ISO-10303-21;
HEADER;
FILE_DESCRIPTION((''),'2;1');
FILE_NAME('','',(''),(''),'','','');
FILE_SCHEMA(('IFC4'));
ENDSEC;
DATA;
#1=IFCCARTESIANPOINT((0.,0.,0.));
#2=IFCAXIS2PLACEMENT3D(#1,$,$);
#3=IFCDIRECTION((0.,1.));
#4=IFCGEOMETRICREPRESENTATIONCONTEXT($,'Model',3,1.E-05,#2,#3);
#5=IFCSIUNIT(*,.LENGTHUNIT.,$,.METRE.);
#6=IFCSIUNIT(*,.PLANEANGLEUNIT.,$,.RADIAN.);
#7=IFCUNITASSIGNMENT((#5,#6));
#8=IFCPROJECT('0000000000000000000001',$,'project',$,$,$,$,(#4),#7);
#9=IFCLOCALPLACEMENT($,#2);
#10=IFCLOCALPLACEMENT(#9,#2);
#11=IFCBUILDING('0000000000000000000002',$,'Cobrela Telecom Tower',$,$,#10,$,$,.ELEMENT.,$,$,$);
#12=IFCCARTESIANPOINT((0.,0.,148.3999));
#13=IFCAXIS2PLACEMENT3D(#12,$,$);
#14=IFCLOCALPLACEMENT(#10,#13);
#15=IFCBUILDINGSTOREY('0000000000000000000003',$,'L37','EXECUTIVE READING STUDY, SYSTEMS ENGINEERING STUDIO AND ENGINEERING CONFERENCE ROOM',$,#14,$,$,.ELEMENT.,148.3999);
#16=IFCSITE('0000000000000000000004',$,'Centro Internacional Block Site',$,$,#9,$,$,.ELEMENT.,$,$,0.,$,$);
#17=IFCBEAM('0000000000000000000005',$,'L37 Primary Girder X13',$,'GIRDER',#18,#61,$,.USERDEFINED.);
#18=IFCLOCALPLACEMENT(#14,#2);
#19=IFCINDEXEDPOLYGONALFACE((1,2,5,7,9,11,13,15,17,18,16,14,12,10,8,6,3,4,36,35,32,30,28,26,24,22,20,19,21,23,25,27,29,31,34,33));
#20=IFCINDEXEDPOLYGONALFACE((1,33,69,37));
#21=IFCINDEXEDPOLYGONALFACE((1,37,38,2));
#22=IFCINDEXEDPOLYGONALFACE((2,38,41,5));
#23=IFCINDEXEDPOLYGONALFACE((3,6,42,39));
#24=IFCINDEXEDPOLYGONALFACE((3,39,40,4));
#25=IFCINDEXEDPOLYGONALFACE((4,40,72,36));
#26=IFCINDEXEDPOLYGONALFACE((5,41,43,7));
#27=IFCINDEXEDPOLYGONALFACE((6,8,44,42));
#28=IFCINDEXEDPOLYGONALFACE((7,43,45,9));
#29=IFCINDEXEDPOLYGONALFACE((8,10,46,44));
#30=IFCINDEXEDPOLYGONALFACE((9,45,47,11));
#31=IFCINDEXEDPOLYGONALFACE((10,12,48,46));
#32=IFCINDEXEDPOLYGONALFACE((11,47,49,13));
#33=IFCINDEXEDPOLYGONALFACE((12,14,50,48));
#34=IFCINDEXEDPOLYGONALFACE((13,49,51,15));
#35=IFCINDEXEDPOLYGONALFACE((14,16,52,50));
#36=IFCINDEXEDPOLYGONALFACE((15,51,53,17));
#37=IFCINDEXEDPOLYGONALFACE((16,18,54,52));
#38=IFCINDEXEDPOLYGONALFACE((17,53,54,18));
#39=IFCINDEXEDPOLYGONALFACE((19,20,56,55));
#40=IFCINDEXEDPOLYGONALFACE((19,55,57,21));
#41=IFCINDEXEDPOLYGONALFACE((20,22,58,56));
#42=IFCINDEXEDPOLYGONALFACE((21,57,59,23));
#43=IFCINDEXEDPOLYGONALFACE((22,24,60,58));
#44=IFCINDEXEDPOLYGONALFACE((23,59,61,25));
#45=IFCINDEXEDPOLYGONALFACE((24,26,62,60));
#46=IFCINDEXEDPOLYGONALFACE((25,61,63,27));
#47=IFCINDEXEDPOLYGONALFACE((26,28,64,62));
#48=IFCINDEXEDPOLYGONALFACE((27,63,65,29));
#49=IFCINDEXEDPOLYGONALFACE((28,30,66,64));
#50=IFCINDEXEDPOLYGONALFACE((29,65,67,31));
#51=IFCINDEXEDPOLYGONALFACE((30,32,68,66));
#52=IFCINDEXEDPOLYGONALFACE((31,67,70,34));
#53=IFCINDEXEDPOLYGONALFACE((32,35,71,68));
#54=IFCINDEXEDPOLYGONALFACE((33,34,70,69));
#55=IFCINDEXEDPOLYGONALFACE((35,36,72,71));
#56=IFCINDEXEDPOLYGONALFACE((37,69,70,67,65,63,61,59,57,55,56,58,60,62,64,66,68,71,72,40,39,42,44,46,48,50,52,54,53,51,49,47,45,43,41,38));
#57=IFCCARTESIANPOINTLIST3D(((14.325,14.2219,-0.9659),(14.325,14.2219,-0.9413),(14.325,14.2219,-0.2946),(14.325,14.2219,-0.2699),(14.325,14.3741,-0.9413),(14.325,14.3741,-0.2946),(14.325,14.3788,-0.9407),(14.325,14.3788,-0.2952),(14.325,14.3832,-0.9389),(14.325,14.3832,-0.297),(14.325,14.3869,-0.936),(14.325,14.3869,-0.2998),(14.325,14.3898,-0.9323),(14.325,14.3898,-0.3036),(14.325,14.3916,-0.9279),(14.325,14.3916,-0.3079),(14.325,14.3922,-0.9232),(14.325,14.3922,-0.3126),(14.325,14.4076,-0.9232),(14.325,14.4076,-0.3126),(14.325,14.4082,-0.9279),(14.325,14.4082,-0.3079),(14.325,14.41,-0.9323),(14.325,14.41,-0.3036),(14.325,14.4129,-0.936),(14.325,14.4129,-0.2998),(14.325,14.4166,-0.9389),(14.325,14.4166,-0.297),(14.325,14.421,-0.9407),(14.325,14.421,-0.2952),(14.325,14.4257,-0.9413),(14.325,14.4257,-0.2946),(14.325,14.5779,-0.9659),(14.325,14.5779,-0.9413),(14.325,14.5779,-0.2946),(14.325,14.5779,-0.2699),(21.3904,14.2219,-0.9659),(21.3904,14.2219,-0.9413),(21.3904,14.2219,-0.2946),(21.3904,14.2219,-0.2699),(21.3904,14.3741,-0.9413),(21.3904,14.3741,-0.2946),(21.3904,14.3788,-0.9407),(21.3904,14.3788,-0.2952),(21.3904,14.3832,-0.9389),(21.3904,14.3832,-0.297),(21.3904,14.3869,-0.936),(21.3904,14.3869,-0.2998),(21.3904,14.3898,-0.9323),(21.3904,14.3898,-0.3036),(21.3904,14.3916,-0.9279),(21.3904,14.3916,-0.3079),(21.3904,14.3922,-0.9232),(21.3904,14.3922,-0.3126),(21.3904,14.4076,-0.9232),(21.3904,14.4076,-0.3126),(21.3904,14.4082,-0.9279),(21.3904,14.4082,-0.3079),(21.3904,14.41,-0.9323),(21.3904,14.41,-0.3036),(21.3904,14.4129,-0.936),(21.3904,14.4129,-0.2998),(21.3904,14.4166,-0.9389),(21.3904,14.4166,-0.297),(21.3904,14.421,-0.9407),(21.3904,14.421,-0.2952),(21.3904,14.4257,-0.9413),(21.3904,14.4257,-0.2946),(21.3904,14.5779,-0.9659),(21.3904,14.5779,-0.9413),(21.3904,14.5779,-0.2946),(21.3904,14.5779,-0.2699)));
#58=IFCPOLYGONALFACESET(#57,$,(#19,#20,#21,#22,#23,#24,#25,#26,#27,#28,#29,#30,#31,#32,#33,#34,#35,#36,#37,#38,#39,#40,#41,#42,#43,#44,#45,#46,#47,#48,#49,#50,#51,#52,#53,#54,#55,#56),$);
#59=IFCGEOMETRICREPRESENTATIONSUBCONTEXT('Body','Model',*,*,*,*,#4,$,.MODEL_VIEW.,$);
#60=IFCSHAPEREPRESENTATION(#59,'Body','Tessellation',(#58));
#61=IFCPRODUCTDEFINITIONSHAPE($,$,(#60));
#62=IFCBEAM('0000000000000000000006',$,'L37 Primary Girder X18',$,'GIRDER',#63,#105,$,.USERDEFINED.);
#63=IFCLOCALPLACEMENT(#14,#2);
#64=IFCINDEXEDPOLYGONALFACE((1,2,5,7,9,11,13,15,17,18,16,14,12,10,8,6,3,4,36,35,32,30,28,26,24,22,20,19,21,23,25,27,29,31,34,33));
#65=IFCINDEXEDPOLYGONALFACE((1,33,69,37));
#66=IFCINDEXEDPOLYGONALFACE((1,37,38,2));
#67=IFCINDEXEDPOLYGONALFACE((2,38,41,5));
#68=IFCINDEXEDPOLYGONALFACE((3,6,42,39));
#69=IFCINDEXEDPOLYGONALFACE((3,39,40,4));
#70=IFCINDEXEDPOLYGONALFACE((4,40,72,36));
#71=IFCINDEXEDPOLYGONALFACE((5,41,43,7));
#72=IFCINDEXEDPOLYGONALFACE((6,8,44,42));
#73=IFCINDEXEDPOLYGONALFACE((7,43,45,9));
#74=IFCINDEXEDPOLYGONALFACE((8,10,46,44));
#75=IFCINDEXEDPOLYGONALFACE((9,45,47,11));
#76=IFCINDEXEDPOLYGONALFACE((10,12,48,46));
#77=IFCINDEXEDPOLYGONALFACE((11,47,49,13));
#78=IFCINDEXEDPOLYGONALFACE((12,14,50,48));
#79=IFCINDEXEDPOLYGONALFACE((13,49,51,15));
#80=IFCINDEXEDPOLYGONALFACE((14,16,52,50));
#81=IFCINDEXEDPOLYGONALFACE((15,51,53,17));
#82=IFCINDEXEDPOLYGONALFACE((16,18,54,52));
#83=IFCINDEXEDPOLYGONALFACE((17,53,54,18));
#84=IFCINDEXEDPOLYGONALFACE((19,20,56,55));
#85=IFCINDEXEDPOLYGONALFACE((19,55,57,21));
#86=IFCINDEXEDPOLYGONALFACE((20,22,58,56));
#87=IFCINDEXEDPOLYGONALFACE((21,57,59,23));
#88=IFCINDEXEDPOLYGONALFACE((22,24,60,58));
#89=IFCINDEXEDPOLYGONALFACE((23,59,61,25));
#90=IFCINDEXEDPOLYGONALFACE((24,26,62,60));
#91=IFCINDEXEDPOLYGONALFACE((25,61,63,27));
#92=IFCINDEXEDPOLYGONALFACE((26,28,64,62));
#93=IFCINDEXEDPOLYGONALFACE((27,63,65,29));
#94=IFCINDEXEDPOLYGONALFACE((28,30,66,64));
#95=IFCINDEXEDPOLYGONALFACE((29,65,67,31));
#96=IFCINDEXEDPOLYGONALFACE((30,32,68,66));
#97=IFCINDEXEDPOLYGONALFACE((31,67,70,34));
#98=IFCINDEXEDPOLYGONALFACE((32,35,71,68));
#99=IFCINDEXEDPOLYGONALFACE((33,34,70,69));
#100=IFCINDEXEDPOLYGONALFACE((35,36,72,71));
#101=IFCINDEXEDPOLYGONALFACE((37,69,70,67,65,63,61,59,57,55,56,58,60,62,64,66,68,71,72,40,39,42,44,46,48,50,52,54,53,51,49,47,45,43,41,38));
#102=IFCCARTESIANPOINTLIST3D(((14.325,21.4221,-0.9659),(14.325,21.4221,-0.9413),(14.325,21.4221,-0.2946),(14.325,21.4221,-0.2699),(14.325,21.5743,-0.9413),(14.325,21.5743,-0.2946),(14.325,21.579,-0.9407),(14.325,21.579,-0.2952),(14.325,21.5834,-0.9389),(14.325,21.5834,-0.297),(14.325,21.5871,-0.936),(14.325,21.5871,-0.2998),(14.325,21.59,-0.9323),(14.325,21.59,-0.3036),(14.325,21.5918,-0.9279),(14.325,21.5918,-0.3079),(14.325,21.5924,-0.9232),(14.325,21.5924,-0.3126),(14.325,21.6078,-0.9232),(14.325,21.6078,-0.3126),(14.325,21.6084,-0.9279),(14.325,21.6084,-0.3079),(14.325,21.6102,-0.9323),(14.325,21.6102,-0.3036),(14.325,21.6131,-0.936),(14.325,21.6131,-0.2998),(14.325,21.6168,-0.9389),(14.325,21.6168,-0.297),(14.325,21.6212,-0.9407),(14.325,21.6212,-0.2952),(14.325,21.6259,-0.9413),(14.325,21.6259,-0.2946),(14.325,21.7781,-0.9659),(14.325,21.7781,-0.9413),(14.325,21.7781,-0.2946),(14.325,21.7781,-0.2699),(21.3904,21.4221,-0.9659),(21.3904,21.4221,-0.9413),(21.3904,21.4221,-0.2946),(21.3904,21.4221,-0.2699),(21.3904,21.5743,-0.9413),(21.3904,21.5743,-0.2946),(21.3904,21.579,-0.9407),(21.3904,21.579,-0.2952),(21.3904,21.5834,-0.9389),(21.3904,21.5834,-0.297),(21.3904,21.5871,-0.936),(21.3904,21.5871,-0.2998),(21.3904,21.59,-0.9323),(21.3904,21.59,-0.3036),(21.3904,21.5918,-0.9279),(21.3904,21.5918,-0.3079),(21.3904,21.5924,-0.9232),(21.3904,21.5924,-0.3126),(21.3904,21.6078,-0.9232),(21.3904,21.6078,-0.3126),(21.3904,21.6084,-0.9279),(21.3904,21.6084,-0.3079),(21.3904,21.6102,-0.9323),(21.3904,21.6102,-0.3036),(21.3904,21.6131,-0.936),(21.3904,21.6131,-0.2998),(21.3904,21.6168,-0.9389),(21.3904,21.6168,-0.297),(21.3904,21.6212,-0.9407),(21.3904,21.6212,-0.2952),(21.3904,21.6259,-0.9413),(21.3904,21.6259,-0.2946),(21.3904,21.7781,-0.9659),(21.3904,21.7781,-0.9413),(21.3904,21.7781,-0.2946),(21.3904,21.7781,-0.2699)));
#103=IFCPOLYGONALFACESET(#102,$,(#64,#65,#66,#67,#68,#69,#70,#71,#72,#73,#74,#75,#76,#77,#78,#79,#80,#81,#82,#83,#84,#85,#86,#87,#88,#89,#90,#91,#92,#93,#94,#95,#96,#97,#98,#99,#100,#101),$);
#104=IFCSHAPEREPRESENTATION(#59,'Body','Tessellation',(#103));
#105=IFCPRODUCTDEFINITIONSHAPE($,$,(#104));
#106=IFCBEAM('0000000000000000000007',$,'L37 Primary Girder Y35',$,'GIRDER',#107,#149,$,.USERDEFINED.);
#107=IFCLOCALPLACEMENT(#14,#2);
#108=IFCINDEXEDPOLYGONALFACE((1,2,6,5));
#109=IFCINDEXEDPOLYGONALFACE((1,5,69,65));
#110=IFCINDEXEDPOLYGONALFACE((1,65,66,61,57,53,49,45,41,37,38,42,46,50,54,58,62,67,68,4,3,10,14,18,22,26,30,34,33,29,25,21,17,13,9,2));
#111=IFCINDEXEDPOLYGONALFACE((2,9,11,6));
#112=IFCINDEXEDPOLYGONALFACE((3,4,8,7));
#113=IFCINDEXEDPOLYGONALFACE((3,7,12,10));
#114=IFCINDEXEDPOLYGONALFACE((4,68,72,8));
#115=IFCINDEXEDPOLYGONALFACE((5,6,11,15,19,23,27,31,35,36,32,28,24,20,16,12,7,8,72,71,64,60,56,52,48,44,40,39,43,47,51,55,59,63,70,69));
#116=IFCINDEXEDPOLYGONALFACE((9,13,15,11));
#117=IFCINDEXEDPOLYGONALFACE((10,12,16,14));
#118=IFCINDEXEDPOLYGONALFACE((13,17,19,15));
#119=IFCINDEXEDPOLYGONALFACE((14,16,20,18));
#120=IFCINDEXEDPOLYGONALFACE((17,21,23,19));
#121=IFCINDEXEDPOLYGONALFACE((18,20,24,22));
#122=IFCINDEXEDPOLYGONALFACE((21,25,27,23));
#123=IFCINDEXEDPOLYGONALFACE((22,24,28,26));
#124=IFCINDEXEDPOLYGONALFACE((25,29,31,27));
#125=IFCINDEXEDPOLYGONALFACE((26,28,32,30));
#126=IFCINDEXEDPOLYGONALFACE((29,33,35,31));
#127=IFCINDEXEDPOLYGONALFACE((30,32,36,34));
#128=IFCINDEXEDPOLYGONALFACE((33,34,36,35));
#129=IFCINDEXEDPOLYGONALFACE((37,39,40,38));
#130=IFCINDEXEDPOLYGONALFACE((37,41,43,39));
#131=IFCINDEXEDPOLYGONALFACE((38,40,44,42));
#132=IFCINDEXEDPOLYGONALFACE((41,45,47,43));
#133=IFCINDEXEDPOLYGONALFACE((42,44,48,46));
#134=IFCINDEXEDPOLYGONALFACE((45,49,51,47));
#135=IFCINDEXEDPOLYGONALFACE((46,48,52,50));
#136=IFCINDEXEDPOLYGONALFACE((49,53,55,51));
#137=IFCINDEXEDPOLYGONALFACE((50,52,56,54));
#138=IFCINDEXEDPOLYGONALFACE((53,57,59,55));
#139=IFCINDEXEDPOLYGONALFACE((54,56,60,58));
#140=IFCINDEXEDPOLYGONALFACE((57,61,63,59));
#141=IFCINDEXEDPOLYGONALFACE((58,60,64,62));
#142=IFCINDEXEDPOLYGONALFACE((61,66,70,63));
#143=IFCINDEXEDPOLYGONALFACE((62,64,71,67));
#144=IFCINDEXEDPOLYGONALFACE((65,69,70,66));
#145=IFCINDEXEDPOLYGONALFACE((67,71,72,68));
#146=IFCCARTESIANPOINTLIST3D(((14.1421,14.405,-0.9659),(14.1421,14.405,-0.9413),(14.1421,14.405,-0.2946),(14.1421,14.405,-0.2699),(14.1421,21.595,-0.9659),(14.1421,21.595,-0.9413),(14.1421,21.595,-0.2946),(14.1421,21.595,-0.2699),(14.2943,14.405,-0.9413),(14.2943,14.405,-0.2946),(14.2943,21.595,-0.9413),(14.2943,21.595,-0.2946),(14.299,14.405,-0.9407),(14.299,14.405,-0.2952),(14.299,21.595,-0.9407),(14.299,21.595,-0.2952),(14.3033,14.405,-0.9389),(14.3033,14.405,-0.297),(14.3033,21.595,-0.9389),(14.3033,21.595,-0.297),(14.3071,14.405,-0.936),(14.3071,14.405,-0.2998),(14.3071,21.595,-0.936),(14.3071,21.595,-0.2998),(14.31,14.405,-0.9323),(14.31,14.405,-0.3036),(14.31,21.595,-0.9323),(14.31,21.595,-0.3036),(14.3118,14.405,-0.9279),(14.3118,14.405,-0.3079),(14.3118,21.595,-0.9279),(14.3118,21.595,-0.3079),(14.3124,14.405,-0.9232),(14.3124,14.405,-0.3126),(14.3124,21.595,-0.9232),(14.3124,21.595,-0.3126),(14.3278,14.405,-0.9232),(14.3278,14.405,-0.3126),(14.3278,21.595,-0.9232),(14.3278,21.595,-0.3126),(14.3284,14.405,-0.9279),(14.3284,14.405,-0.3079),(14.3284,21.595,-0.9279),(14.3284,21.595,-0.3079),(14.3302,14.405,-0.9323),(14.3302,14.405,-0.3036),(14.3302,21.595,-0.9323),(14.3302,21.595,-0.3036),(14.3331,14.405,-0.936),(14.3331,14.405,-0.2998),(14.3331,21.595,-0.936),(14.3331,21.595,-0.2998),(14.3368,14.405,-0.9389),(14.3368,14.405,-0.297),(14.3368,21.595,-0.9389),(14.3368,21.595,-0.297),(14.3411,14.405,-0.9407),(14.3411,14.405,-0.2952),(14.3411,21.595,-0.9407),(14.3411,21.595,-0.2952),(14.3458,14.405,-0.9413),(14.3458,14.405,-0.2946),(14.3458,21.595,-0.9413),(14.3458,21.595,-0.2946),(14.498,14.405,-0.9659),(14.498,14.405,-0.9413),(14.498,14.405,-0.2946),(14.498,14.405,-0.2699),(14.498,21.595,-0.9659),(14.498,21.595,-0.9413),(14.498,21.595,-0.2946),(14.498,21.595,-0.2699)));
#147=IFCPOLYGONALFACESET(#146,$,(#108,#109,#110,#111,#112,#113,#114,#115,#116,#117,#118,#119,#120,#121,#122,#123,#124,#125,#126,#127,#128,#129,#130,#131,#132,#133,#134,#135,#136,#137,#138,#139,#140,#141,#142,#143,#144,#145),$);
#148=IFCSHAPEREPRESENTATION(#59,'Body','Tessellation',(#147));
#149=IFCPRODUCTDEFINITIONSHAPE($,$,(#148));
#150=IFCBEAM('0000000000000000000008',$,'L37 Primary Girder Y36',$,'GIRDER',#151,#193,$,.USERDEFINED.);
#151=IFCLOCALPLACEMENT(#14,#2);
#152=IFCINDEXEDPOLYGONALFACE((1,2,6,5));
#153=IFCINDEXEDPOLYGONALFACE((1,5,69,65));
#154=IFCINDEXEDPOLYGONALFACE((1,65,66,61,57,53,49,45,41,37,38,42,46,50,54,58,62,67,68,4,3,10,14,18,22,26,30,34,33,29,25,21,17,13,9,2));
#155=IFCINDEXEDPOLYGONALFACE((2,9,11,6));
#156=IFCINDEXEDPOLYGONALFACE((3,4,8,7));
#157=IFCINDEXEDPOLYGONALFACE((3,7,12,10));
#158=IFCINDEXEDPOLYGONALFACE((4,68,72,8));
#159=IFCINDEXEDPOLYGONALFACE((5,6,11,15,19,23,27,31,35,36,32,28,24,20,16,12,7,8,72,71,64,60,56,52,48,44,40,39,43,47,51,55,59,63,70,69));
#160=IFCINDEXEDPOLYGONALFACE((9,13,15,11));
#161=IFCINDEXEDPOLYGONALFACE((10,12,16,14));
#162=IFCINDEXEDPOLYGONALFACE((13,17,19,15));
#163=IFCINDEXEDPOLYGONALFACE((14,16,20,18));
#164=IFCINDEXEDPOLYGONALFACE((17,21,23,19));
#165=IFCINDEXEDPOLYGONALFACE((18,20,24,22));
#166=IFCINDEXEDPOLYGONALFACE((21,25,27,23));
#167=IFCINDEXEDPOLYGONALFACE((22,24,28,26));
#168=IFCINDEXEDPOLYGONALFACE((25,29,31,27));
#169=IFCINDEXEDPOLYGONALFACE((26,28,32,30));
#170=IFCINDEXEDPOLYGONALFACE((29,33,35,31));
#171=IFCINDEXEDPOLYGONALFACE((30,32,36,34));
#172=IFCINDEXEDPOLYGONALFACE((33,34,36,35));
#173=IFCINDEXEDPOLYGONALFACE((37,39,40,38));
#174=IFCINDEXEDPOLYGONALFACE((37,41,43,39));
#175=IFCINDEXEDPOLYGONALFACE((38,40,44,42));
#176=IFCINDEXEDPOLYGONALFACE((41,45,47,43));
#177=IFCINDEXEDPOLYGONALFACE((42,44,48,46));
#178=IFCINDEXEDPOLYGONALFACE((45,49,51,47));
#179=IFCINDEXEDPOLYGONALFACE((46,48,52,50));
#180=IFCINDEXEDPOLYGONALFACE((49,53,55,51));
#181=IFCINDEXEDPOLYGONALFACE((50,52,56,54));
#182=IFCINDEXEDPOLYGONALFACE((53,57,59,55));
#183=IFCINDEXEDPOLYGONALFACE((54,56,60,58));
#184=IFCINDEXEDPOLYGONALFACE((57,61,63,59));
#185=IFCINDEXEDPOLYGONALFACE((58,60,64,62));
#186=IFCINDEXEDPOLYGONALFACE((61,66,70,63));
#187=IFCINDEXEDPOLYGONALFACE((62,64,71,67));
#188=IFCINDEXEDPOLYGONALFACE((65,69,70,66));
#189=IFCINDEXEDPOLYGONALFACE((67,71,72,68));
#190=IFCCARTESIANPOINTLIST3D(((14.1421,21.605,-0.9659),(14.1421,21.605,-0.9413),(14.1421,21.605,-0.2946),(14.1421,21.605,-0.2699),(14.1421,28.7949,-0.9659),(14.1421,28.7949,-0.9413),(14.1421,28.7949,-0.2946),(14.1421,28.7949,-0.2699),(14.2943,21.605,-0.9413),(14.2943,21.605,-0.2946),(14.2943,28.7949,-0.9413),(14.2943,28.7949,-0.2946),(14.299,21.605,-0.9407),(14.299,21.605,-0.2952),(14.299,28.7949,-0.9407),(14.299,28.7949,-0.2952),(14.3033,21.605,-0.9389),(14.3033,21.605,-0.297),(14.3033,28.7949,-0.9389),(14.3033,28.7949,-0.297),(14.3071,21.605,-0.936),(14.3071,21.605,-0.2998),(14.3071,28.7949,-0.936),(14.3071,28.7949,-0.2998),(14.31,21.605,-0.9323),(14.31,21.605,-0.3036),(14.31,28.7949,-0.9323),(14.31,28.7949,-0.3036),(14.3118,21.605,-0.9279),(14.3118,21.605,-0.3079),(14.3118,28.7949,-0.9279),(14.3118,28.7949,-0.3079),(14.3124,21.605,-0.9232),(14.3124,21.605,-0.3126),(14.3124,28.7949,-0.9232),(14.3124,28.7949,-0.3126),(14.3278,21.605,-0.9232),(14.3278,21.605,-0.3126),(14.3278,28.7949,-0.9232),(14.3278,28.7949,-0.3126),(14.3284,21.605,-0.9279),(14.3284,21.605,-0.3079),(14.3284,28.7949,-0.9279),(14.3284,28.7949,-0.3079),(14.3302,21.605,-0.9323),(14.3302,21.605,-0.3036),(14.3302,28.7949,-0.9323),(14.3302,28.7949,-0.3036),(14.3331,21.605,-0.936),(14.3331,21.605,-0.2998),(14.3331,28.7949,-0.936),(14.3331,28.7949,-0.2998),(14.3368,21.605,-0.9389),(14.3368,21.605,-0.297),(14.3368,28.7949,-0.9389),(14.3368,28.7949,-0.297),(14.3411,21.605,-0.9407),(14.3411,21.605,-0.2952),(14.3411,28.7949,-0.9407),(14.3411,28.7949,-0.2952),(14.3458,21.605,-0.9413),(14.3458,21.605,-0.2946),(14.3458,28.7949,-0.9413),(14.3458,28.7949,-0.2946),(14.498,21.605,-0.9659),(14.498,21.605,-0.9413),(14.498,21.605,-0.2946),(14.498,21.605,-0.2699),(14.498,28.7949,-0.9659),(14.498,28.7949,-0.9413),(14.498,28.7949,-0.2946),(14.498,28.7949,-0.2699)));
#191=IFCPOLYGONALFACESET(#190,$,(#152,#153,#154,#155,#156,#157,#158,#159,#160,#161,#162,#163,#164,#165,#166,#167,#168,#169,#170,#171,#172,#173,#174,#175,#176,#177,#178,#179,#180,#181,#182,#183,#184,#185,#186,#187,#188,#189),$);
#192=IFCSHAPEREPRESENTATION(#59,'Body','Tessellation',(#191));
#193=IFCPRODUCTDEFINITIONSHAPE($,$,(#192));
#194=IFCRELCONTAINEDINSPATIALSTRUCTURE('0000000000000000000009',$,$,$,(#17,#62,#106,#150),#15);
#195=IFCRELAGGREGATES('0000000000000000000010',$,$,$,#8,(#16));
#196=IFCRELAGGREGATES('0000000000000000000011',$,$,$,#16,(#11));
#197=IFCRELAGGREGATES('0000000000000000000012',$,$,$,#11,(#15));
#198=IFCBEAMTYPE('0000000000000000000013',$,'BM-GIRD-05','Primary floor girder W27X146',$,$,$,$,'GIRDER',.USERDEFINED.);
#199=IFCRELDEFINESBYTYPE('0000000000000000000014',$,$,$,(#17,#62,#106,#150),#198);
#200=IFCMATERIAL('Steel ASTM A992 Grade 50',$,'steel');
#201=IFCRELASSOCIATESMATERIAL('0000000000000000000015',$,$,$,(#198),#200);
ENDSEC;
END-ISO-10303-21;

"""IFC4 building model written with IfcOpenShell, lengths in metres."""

from ifc_helpers import new_model, si_unit, direction, frame, origin, origin_2d, place, context, subcontext, project, spatial, i_section, extrude, material, material_profile, profile_set, type_object, element, save


model = new_model("IFC4")

# Units and contexts
model_context = context("Model", 3, precision=1e-05, world=origin(), true_north=direction((0.0, 1.0)))
body_context = subcontext(model_context, "Body", "Model", "MODEL_VIEW")
ifc_project = project(units=[si_unit("LENGTHUNIT", "METRE"), si_unit("PLANEANGLEUNIT", "RADIAN")], contexts=[model_context])

# Site, building, storey
site_placement = place(None, origin())
site = spatial("IfcSite", under=ifc_project, at=site_placement, Name="Centro Internacional Block Site", CompositionType="ELEMENT", RefElevation=0.0)
building_placement = place(site_placement, origin())
building = spatial("IfcBuilding", under=site, at=building_placement, Name="Cobrela Telecom Tower", CompositionType="ELEMENT")
storey_placement = place(building_placement, frame((0.0, 0.0, 148.3999)))
storey = spatial("IfcBuildingStorey", under=building, at=storey_placement, Name="L37", Description="EXECUTIVE READING STUDY, SYSTEMS ENGINEERING STUDIO AND ENGINEERING CONFERENCE ROOM", CompositionType="ELEMENT", Elevation=148.3999)

# Beams
ifc_material_1 = material(Name="Steel ASTM A992 Grade 50", Category="steel")
ifc_material_profile_1 = material_profile(ifc_material_1, i_section(OverallWidth=0.356, OverallDepth=0.696, WebThickness=0.0154, FlangeThickness=0.0247, FilletRadius=0.0181, at=origin_2d()), Name="W27X146")
ifc_profile_set_1 = profile_set([ifc_material_profile_1], Name="Steel ASTM A992 Grade 50")
beam_type_1 = type_object("IfcBeamType", Name="BM-GIRD-05", Description="Primary floor girder W27X146", ElementType="GIRDER", PredefinedType="USERDEFINED", material=ifc_profile_set_1)
for number, where, z_axis, x_axis, name in (
    (1, (14.325, 14.3999, -0.6179), (1.0, 0.0, 0.0), (0.0, 1.0, 0.0), "L37 Primary Girder X13"),
    (2, (14.325, 21.6001, -0.6179), (1.0, 0.0, 0.0), (0.0, 1.0, 0.0), "L37 Primary Girder X18"),
):
    element("IfcBeam", number, at=place(storey_placement, frame(where, z_axis=z_axis, x_axis=x_axis)), inside=storey, type_object=beam_type_1, Name=name, ObjectType="GIRDER", PredefinedType="USERDEFINED", context=body_context, shape_type="SweptSolid", body=[
        extrude(i_section(OverallWidth=0.356, OverallDepth=0.696, WebThickness=0.0154, FlangeThickness=0.0247, FilletRadius=0.0181, at=origin_2d()), origin(), (0.0, 0.0, 1.0), 7.0654),
    ])
for number, where, z_axis, x_axis, name in (
    (3, (14.3201, 14.405, -0.6179), (0.0, 1.0, 0.0), (-1.0, 0.0, 0.0), "L37 Primary Girder Y35"),
    (4, (14.3201, 21.605, -0.6179), (0.0, 1.0, 0.0), (-1.0, 0.0, 0.0), "L37 Primary Girder Y36"),
):
    element("IfcBeam", number, at=place(storey_placement, frame(where, z_axis=z_axis, x_axis=x_axis)), inside=storey, type_object=beam_type_1, Name=name, ObjectType="GIRDER", PredefinedType="USERDEFINED", context=body_context, shape_type="SweptSolid", body=[
        extrude(i_section(OverallWidth=0.356, OverallDepth=0.696, WebThickness=0.0154, FlangeThickness=0.0247, FilletRadius=0.0181, at=origin_2d()), origin(), (0.0, 0.0, 1.0), 7.1899),
    ])

save(model, "model.ifc")
